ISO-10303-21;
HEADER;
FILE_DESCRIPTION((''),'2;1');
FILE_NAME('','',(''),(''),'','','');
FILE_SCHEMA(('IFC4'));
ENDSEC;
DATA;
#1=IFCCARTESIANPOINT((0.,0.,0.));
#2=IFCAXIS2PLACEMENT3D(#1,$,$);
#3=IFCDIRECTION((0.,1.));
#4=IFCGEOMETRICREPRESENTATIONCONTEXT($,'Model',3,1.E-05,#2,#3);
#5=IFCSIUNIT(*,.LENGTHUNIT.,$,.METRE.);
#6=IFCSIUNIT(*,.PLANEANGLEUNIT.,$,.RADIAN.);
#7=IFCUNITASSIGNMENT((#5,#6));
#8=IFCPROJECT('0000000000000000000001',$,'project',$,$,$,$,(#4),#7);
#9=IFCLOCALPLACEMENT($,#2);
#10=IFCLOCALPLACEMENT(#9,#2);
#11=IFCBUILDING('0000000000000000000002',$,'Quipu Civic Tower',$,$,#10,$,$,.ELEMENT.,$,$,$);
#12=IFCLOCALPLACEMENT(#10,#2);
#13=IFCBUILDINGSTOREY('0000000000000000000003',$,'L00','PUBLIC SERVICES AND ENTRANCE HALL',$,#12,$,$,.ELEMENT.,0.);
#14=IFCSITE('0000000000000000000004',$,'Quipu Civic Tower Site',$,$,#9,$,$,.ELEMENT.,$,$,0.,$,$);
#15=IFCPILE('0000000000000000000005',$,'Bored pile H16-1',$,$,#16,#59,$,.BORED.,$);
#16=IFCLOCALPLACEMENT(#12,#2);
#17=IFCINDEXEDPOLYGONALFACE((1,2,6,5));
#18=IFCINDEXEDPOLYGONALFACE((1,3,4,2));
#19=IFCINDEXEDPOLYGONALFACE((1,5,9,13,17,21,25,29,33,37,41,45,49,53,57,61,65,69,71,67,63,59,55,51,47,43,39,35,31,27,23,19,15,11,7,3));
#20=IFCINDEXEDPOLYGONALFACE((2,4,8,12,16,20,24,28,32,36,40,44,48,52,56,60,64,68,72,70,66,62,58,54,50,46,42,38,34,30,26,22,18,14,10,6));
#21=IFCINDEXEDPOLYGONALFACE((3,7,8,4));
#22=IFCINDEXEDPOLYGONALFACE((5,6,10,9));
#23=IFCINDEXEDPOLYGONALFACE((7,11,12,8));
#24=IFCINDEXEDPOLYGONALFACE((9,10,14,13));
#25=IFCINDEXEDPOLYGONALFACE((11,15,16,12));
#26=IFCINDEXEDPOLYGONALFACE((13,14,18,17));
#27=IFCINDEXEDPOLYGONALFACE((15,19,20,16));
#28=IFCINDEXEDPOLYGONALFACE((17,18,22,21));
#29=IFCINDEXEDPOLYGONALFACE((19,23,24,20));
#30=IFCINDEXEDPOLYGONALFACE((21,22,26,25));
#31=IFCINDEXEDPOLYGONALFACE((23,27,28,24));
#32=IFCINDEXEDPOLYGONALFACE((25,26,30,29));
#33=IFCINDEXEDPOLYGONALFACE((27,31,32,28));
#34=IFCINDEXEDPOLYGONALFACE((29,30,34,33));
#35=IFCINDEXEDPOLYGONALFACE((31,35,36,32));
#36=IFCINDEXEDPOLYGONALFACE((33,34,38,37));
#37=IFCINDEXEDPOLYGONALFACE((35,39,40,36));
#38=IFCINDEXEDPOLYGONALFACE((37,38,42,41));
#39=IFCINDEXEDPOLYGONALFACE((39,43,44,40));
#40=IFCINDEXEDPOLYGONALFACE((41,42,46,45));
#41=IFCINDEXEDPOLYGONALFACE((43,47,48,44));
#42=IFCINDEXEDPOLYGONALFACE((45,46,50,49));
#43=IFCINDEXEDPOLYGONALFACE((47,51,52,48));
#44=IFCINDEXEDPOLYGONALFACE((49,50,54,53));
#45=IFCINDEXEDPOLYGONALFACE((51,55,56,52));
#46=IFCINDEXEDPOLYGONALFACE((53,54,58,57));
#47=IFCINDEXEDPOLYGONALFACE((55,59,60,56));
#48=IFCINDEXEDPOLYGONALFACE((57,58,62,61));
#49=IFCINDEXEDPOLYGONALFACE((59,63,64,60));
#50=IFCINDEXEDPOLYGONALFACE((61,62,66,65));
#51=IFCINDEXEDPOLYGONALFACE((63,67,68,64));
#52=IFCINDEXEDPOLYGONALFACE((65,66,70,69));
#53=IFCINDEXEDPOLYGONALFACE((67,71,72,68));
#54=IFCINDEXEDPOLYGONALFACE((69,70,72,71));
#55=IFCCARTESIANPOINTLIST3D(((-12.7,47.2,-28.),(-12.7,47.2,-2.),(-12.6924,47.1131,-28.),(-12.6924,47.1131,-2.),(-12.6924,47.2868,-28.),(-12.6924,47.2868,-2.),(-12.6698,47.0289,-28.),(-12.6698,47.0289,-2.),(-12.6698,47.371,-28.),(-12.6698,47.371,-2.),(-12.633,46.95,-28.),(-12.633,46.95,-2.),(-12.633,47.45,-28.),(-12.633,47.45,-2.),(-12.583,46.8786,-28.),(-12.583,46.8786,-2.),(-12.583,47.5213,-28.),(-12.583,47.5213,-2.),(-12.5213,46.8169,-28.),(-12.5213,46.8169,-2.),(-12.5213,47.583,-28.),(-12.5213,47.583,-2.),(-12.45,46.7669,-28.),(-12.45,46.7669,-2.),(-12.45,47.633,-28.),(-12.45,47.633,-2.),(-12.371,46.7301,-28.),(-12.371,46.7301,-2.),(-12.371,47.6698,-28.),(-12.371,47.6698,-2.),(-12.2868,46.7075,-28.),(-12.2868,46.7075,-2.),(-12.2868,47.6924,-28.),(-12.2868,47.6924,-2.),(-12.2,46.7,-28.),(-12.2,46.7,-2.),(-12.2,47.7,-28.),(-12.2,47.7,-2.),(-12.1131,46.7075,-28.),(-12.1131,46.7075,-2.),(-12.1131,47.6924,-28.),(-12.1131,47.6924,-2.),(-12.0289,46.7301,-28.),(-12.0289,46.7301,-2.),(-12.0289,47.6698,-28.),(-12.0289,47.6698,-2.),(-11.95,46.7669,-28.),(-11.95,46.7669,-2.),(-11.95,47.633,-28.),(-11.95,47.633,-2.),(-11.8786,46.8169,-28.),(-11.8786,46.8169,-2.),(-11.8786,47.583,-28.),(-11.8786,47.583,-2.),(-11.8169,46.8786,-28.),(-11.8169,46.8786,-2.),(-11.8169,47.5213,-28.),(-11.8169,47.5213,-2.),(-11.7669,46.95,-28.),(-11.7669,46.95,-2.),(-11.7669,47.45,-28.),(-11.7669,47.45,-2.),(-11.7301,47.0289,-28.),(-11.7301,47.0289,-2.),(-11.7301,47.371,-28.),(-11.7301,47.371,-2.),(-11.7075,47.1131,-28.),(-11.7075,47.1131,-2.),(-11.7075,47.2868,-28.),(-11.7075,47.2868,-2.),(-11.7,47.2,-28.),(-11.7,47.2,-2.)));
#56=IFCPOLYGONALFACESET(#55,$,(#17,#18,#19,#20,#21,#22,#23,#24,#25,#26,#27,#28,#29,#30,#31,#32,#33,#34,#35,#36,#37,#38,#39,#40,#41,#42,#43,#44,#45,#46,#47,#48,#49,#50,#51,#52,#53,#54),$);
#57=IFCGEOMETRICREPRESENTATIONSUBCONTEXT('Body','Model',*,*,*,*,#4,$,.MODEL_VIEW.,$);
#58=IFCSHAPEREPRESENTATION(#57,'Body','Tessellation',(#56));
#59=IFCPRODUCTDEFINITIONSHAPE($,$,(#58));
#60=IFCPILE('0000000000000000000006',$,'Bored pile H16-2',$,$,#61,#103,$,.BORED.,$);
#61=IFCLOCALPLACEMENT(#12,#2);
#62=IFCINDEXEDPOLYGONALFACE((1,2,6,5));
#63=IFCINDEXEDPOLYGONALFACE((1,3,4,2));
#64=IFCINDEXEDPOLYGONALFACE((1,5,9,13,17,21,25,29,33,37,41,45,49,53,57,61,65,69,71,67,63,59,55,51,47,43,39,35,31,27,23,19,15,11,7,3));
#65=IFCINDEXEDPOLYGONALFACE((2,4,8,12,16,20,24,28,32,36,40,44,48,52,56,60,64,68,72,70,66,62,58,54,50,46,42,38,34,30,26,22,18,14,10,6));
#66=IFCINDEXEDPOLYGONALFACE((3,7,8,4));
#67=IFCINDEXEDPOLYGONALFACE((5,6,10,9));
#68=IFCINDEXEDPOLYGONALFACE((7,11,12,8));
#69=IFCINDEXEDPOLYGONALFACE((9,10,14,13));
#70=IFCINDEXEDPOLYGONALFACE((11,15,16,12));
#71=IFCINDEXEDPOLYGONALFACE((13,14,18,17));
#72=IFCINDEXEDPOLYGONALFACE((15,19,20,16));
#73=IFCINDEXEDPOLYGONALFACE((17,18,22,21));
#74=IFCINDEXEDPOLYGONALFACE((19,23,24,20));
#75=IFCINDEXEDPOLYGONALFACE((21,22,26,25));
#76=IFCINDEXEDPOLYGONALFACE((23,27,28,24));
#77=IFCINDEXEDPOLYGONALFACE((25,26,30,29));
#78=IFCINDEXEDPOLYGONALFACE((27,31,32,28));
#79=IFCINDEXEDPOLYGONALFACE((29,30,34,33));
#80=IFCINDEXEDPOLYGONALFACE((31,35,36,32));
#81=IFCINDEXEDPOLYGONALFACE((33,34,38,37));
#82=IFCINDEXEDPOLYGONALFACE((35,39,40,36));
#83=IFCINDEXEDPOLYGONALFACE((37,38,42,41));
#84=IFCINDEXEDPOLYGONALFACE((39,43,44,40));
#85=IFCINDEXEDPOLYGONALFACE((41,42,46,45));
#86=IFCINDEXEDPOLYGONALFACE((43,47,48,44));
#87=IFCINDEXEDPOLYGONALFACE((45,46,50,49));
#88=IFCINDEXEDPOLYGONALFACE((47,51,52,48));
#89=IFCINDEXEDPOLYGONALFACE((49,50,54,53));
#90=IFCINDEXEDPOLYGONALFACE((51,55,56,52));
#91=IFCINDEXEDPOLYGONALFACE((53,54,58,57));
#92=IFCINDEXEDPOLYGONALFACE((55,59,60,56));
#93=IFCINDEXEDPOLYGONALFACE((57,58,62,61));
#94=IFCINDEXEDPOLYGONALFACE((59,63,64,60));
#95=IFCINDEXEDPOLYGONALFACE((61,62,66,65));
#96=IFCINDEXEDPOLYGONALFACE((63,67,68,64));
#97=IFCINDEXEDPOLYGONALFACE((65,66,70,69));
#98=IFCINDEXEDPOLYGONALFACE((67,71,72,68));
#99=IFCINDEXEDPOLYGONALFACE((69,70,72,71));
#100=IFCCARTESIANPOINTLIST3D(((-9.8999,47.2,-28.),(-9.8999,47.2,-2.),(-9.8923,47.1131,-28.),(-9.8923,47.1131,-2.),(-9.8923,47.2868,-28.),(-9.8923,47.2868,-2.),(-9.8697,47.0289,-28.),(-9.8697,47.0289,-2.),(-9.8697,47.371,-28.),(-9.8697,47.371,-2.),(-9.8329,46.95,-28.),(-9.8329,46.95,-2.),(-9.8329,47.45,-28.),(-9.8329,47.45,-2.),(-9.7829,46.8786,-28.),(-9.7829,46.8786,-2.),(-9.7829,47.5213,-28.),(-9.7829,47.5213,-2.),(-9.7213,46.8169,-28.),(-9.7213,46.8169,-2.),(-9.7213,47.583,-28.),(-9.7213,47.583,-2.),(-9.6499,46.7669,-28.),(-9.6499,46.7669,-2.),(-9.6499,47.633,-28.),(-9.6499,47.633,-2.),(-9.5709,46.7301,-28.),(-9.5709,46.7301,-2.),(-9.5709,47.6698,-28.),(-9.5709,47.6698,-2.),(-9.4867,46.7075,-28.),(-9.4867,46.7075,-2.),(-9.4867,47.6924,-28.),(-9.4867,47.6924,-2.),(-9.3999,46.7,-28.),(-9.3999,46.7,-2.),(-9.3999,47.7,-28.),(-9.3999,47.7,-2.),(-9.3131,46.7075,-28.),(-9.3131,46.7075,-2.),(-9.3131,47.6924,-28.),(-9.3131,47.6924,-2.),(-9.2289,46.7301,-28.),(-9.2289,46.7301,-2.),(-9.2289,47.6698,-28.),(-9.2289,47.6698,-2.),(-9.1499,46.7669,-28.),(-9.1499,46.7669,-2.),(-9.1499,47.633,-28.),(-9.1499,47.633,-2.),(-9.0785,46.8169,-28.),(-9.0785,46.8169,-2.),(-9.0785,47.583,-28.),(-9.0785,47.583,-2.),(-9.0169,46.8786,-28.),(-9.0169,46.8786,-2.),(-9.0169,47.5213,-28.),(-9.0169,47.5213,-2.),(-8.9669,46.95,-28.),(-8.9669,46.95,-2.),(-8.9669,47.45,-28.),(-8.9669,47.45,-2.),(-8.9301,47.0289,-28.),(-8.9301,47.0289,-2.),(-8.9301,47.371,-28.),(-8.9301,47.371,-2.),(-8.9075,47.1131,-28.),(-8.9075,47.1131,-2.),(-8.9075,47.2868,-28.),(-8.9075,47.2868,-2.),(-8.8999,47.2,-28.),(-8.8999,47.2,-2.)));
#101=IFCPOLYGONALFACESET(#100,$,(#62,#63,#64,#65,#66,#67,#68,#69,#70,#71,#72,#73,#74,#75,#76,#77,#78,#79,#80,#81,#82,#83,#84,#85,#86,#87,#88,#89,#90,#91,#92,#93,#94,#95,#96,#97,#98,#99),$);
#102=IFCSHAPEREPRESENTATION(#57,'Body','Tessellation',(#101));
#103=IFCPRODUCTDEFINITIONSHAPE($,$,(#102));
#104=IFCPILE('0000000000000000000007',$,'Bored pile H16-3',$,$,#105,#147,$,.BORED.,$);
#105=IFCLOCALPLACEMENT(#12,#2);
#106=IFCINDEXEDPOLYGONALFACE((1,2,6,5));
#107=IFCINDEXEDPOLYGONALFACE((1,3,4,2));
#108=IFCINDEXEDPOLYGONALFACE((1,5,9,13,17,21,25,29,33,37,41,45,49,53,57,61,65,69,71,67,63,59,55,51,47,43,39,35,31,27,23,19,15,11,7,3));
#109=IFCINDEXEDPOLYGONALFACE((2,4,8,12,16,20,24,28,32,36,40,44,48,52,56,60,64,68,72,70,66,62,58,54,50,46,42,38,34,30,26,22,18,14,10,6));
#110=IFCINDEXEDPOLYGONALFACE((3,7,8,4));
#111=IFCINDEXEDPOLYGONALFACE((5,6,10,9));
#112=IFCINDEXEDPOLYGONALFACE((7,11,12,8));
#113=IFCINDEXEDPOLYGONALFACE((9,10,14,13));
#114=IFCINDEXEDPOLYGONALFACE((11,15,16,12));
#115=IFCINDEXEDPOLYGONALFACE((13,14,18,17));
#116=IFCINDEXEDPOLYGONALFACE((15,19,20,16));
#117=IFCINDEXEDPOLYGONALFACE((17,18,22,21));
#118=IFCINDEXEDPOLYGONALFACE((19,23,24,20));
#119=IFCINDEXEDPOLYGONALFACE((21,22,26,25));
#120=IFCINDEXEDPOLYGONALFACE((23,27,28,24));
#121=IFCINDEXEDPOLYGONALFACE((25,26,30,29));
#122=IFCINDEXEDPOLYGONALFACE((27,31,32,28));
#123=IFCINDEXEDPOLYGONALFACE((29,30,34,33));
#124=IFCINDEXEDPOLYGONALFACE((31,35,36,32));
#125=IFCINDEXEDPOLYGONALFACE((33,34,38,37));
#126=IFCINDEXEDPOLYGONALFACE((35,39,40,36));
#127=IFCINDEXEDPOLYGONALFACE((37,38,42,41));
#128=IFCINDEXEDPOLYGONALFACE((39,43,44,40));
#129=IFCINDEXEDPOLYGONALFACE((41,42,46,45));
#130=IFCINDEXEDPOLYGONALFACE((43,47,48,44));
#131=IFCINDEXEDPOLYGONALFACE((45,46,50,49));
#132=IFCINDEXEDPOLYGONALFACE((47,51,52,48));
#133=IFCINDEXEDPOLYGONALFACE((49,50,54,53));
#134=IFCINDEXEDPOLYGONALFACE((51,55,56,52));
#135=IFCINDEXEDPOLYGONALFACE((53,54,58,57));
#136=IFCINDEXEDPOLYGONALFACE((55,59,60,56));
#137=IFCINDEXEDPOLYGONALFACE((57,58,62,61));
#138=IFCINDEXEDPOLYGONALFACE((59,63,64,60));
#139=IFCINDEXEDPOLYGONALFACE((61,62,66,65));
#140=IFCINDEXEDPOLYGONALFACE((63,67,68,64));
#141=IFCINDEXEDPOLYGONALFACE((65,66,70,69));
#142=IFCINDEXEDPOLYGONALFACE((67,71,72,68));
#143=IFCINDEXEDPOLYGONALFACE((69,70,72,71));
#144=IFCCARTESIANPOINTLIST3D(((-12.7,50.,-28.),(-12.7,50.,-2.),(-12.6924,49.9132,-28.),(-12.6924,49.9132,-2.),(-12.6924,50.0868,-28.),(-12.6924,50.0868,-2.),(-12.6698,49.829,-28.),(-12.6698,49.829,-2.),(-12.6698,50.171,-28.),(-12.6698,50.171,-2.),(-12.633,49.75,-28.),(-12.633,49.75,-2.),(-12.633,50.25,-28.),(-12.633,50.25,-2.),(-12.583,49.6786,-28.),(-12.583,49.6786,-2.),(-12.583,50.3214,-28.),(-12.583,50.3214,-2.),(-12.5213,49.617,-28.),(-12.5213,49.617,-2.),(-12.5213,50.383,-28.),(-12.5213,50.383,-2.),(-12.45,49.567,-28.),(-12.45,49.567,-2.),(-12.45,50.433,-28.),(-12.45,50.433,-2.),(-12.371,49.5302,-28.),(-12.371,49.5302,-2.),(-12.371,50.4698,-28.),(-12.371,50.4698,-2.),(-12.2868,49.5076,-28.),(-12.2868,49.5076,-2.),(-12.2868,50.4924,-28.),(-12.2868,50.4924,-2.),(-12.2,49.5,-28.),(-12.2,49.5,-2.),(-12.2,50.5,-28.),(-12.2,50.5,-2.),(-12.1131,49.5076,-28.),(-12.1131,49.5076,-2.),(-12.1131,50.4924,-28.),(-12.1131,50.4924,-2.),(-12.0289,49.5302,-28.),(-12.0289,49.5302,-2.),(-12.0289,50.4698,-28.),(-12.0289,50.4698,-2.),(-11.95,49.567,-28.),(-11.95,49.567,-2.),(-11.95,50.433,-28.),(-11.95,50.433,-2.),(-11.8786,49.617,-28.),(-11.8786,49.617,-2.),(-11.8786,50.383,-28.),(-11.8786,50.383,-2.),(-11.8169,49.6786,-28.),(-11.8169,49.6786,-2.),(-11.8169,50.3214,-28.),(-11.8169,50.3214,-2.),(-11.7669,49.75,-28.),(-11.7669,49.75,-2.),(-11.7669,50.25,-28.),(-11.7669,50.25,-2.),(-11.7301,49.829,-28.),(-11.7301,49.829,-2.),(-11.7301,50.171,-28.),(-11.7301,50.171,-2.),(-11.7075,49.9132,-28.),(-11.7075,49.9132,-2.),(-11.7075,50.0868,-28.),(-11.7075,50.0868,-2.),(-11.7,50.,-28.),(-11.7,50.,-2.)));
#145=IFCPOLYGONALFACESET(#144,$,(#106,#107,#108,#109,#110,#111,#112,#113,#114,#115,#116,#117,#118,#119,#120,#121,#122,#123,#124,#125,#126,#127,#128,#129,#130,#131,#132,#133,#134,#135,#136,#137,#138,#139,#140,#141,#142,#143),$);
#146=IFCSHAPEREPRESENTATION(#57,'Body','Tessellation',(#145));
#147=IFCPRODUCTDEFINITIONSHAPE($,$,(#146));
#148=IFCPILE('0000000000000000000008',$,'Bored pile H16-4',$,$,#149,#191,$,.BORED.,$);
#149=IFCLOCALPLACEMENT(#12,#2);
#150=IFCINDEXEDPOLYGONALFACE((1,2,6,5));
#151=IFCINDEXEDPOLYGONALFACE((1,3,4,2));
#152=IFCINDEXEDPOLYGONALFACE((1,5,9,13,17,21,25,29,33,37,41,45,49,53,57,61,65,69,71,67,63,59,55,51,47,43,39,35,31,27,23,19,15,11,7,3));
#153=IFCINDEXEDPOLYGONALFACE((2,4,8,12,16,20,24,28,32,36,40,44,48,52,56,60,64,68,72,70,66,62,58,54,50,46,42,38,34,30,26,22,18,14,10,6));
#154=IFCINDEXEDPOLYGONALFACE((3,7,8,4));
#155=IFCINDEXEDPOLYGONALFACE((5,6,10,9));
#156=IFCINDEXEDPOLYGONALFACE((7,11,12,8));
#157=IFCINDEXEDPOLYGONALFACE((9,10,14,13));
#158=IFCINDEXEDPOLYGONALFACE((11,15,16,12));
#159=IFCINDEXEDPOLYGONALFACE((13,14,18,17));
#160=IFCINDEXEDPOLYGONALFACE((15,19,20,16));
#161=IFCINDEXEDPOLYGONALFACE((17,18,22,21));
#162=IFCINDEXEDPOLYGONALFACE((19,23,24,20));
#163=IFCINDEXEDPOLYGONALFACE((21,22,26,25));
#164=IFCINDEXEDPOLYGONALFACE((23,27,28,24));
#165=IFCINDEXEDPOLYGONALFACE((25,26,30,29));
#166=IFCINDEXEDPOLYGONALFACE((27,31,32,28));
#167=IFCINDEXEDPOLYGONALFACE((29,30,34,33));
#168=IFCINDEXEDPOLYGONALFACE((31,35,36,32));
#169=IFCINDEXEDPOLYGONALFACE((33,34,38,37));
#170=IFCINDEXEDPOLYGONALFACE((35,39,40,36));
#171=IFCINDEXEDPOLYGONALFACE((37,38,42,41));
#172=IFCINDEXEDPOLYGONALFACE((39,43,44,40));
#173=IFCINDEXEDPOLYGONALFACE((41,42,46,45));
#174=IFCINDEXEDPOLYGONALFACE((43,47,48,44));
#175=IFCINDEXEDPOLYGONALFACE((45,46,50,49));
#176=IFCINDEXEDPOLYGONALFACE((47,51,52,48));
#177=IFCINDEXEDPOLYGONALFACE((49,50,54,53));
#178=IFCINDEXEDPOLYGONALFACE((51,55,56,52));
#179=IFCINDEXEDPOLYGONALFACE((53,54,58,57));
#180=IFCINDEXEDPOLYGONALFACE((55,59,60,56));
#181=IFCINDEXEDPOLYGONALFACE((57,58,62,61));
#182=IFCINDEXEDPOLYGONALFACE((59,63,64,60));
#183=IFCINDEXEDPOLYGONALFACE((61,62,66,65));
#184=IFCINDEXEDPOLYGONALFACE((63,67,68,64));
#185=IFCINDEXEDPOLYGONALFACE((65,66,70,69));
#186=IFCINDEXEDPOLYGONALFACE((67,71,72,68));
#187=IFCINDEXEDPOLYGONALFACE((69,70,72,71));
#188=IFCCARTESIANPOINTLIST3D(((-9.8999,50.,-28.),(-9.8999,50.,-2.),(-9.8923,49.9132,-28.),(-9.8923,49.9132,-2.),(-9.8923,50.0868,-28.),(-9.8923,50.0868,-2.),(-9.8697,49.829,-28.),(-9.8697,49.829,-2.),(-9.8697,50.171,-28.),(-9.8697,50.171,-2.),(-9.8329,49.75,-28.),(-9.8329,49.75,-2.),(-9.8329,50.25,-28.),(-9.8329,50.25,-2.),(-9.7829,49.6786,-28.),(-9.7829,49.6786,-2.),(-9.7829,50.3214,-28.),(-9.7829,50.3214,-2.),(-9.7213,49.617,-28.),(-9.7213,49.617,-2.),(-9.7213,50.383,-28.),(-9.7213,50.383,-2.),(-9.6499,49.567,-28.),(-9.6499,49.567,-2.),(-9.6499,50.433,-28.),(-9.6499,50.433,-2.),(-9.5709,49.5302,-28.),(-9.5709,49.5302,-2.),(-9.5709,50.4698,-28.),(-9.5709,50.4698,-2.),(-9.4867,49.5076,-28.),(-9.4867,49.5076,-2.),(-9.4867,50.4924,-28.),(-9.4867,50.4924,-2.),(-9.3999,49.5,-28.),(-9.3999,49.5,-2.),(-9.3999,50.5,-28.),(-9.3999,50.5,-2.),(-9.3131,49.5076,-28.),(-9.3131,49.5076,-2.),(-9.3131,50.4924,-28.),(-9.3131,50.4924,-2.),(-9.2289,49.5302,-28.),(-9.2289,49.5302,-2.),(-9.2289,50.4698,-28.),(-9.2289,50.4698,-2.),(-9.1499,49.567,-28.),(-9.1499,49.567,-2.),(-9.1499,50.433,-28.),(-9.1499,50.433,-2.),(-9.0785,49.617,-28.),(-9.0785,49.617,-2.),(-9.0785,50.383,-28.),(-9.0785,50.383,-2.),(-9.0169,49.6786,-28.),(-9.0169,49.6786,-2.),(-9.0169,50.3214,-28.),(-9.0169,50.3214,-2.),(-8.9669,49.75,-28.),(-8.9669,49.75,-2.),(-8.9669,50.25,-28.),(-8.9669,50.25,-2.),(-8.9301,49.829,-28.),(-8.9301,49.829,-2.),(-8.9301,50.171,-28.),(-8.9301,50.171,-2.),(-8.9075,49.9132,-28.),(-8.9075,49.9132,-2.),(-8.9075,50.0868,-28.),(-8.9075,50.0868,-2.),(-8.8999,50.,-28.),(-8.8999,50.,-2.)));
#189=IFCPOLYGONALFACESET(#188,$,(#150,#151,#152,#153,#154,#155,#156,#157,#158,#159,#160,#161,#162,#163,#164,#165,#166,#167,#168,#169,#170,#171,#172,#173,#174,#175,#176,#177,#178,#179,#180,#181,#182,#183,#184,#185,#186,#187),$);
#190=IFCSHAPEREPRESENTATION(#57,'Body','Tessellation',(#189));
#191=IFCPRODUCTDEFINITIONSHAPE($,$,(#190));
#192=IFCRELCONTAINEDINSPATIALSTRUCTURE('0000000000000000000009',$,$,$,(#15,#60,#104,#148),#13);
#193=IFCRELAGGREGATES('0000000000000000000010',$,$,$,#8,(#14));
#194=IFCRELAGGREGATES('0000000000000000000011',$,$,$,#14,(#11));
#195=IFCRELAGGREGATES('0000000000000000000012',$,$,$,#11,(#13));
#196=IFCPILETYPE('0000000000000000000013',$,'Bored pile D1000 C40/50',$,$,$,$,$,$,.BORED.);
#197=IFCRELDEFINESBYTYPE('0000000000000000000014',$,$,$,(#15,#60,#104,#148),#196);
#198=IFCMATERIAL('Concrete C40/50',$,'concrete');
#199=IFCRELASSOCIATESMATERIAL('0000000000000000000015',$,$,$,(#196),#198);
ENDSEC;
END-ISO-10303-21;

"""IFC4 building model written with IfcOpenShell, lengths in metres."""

from ifc_helpers import new_model, si_unit, direction, frame, origin, origin_2d, place, context, subcontext, project, spatial, circle, extrude, material, material_profile, profile_set, type_object, element, save


model = new_model("IFC4")

# Units and contexts
model_context = context("Model", 3, precision=1e-05, world=origin(), true_north=direction((0.0, 1.0)))
body_context = subcontext(model_context, "Body", "Model", "MODEL_VIEW")
ifc_project = project(units=[si_unit("LENGTHUNIT", "METRE"), si_unit("PLANEANGLEUNIT", "RADIAN")], contexts=[model_context])

# Site, building, storey
site_placement = place(None, origin())
site = spatial("IfcSite", under=ifc_project, at=site_placement, Name="Quipu Civic Tower Site", CompositionType="ELEMENT", RefElevation=0.0)
building_placement = place(site_placement, origin())
building = spatial("IfcBuilding", under=site, at=building_placement, Name="Quipu Civic Tower", CompositionType="ELEMENT")
storey_placement = place(building_placement, origin())
storey = spatial("IfcBuildingStorey", under=building, at=storey_placement, Name="L00", Description="PUBLIC SERVICES AND ENTRANCE HALL", CompositionType="ELEMENT", Elevation=0.0)

# Piles
ifc_material_1 = material(Name="Concrete C40/50", Category="concrete")
ifc_material_profile_1 = material_profile(ifc_material_1, circle(Radius=0.5, at=origin_2d()), Name="RCD1000")
ifc_profile_set_1 = profile_set([ifc_material_profile_1], Name="Concrete C40/50")
pile_type = type_object("IfcPileType", Name="Bored pile D1000 C40/50", PredefinedType="BORED", material=ifc_profile_set_1)
for number, where, z_axis, x_axis, name in (
    (1, (-12.2, 47.2, -2.0), (0.0, 0.0, -1.0), (1.0, 0.0, 0.0), "Bored pile H16-1"),
    (2, (-9.3999, 47.2, -2.0), (0.0, 0.0, -1.0), (1.0, 0.0, 0.0), "Bored pile H16-2"),
    (3, (-12.2, 50.0, -2.0), (0.0, 0.0, -1.0), (1.0, 0.0, 0.0), "Bored pile H16-3"),
    (4, (-9.3999, 50.0, -2.0), (0.0, 0.0, -1.0), (1.0, 0.0, 0.0), "Bored pile H16-4"),
):
    element("IfcPile", number, at=place(storey_placement, frame(where, z_axis=z_axis, x_axis=x_axis)), inside=storey, type_object=pile_type, Name=name, PredefinedType="BORED", context=body_context, shape_type="SweptSolid", body=[
        extrude(circle(Radius=0.5, at=origin_2d()), origin(), (0.0, 0.0, 1.0), 26.0),
    ])

save(model, "model.ifc")
